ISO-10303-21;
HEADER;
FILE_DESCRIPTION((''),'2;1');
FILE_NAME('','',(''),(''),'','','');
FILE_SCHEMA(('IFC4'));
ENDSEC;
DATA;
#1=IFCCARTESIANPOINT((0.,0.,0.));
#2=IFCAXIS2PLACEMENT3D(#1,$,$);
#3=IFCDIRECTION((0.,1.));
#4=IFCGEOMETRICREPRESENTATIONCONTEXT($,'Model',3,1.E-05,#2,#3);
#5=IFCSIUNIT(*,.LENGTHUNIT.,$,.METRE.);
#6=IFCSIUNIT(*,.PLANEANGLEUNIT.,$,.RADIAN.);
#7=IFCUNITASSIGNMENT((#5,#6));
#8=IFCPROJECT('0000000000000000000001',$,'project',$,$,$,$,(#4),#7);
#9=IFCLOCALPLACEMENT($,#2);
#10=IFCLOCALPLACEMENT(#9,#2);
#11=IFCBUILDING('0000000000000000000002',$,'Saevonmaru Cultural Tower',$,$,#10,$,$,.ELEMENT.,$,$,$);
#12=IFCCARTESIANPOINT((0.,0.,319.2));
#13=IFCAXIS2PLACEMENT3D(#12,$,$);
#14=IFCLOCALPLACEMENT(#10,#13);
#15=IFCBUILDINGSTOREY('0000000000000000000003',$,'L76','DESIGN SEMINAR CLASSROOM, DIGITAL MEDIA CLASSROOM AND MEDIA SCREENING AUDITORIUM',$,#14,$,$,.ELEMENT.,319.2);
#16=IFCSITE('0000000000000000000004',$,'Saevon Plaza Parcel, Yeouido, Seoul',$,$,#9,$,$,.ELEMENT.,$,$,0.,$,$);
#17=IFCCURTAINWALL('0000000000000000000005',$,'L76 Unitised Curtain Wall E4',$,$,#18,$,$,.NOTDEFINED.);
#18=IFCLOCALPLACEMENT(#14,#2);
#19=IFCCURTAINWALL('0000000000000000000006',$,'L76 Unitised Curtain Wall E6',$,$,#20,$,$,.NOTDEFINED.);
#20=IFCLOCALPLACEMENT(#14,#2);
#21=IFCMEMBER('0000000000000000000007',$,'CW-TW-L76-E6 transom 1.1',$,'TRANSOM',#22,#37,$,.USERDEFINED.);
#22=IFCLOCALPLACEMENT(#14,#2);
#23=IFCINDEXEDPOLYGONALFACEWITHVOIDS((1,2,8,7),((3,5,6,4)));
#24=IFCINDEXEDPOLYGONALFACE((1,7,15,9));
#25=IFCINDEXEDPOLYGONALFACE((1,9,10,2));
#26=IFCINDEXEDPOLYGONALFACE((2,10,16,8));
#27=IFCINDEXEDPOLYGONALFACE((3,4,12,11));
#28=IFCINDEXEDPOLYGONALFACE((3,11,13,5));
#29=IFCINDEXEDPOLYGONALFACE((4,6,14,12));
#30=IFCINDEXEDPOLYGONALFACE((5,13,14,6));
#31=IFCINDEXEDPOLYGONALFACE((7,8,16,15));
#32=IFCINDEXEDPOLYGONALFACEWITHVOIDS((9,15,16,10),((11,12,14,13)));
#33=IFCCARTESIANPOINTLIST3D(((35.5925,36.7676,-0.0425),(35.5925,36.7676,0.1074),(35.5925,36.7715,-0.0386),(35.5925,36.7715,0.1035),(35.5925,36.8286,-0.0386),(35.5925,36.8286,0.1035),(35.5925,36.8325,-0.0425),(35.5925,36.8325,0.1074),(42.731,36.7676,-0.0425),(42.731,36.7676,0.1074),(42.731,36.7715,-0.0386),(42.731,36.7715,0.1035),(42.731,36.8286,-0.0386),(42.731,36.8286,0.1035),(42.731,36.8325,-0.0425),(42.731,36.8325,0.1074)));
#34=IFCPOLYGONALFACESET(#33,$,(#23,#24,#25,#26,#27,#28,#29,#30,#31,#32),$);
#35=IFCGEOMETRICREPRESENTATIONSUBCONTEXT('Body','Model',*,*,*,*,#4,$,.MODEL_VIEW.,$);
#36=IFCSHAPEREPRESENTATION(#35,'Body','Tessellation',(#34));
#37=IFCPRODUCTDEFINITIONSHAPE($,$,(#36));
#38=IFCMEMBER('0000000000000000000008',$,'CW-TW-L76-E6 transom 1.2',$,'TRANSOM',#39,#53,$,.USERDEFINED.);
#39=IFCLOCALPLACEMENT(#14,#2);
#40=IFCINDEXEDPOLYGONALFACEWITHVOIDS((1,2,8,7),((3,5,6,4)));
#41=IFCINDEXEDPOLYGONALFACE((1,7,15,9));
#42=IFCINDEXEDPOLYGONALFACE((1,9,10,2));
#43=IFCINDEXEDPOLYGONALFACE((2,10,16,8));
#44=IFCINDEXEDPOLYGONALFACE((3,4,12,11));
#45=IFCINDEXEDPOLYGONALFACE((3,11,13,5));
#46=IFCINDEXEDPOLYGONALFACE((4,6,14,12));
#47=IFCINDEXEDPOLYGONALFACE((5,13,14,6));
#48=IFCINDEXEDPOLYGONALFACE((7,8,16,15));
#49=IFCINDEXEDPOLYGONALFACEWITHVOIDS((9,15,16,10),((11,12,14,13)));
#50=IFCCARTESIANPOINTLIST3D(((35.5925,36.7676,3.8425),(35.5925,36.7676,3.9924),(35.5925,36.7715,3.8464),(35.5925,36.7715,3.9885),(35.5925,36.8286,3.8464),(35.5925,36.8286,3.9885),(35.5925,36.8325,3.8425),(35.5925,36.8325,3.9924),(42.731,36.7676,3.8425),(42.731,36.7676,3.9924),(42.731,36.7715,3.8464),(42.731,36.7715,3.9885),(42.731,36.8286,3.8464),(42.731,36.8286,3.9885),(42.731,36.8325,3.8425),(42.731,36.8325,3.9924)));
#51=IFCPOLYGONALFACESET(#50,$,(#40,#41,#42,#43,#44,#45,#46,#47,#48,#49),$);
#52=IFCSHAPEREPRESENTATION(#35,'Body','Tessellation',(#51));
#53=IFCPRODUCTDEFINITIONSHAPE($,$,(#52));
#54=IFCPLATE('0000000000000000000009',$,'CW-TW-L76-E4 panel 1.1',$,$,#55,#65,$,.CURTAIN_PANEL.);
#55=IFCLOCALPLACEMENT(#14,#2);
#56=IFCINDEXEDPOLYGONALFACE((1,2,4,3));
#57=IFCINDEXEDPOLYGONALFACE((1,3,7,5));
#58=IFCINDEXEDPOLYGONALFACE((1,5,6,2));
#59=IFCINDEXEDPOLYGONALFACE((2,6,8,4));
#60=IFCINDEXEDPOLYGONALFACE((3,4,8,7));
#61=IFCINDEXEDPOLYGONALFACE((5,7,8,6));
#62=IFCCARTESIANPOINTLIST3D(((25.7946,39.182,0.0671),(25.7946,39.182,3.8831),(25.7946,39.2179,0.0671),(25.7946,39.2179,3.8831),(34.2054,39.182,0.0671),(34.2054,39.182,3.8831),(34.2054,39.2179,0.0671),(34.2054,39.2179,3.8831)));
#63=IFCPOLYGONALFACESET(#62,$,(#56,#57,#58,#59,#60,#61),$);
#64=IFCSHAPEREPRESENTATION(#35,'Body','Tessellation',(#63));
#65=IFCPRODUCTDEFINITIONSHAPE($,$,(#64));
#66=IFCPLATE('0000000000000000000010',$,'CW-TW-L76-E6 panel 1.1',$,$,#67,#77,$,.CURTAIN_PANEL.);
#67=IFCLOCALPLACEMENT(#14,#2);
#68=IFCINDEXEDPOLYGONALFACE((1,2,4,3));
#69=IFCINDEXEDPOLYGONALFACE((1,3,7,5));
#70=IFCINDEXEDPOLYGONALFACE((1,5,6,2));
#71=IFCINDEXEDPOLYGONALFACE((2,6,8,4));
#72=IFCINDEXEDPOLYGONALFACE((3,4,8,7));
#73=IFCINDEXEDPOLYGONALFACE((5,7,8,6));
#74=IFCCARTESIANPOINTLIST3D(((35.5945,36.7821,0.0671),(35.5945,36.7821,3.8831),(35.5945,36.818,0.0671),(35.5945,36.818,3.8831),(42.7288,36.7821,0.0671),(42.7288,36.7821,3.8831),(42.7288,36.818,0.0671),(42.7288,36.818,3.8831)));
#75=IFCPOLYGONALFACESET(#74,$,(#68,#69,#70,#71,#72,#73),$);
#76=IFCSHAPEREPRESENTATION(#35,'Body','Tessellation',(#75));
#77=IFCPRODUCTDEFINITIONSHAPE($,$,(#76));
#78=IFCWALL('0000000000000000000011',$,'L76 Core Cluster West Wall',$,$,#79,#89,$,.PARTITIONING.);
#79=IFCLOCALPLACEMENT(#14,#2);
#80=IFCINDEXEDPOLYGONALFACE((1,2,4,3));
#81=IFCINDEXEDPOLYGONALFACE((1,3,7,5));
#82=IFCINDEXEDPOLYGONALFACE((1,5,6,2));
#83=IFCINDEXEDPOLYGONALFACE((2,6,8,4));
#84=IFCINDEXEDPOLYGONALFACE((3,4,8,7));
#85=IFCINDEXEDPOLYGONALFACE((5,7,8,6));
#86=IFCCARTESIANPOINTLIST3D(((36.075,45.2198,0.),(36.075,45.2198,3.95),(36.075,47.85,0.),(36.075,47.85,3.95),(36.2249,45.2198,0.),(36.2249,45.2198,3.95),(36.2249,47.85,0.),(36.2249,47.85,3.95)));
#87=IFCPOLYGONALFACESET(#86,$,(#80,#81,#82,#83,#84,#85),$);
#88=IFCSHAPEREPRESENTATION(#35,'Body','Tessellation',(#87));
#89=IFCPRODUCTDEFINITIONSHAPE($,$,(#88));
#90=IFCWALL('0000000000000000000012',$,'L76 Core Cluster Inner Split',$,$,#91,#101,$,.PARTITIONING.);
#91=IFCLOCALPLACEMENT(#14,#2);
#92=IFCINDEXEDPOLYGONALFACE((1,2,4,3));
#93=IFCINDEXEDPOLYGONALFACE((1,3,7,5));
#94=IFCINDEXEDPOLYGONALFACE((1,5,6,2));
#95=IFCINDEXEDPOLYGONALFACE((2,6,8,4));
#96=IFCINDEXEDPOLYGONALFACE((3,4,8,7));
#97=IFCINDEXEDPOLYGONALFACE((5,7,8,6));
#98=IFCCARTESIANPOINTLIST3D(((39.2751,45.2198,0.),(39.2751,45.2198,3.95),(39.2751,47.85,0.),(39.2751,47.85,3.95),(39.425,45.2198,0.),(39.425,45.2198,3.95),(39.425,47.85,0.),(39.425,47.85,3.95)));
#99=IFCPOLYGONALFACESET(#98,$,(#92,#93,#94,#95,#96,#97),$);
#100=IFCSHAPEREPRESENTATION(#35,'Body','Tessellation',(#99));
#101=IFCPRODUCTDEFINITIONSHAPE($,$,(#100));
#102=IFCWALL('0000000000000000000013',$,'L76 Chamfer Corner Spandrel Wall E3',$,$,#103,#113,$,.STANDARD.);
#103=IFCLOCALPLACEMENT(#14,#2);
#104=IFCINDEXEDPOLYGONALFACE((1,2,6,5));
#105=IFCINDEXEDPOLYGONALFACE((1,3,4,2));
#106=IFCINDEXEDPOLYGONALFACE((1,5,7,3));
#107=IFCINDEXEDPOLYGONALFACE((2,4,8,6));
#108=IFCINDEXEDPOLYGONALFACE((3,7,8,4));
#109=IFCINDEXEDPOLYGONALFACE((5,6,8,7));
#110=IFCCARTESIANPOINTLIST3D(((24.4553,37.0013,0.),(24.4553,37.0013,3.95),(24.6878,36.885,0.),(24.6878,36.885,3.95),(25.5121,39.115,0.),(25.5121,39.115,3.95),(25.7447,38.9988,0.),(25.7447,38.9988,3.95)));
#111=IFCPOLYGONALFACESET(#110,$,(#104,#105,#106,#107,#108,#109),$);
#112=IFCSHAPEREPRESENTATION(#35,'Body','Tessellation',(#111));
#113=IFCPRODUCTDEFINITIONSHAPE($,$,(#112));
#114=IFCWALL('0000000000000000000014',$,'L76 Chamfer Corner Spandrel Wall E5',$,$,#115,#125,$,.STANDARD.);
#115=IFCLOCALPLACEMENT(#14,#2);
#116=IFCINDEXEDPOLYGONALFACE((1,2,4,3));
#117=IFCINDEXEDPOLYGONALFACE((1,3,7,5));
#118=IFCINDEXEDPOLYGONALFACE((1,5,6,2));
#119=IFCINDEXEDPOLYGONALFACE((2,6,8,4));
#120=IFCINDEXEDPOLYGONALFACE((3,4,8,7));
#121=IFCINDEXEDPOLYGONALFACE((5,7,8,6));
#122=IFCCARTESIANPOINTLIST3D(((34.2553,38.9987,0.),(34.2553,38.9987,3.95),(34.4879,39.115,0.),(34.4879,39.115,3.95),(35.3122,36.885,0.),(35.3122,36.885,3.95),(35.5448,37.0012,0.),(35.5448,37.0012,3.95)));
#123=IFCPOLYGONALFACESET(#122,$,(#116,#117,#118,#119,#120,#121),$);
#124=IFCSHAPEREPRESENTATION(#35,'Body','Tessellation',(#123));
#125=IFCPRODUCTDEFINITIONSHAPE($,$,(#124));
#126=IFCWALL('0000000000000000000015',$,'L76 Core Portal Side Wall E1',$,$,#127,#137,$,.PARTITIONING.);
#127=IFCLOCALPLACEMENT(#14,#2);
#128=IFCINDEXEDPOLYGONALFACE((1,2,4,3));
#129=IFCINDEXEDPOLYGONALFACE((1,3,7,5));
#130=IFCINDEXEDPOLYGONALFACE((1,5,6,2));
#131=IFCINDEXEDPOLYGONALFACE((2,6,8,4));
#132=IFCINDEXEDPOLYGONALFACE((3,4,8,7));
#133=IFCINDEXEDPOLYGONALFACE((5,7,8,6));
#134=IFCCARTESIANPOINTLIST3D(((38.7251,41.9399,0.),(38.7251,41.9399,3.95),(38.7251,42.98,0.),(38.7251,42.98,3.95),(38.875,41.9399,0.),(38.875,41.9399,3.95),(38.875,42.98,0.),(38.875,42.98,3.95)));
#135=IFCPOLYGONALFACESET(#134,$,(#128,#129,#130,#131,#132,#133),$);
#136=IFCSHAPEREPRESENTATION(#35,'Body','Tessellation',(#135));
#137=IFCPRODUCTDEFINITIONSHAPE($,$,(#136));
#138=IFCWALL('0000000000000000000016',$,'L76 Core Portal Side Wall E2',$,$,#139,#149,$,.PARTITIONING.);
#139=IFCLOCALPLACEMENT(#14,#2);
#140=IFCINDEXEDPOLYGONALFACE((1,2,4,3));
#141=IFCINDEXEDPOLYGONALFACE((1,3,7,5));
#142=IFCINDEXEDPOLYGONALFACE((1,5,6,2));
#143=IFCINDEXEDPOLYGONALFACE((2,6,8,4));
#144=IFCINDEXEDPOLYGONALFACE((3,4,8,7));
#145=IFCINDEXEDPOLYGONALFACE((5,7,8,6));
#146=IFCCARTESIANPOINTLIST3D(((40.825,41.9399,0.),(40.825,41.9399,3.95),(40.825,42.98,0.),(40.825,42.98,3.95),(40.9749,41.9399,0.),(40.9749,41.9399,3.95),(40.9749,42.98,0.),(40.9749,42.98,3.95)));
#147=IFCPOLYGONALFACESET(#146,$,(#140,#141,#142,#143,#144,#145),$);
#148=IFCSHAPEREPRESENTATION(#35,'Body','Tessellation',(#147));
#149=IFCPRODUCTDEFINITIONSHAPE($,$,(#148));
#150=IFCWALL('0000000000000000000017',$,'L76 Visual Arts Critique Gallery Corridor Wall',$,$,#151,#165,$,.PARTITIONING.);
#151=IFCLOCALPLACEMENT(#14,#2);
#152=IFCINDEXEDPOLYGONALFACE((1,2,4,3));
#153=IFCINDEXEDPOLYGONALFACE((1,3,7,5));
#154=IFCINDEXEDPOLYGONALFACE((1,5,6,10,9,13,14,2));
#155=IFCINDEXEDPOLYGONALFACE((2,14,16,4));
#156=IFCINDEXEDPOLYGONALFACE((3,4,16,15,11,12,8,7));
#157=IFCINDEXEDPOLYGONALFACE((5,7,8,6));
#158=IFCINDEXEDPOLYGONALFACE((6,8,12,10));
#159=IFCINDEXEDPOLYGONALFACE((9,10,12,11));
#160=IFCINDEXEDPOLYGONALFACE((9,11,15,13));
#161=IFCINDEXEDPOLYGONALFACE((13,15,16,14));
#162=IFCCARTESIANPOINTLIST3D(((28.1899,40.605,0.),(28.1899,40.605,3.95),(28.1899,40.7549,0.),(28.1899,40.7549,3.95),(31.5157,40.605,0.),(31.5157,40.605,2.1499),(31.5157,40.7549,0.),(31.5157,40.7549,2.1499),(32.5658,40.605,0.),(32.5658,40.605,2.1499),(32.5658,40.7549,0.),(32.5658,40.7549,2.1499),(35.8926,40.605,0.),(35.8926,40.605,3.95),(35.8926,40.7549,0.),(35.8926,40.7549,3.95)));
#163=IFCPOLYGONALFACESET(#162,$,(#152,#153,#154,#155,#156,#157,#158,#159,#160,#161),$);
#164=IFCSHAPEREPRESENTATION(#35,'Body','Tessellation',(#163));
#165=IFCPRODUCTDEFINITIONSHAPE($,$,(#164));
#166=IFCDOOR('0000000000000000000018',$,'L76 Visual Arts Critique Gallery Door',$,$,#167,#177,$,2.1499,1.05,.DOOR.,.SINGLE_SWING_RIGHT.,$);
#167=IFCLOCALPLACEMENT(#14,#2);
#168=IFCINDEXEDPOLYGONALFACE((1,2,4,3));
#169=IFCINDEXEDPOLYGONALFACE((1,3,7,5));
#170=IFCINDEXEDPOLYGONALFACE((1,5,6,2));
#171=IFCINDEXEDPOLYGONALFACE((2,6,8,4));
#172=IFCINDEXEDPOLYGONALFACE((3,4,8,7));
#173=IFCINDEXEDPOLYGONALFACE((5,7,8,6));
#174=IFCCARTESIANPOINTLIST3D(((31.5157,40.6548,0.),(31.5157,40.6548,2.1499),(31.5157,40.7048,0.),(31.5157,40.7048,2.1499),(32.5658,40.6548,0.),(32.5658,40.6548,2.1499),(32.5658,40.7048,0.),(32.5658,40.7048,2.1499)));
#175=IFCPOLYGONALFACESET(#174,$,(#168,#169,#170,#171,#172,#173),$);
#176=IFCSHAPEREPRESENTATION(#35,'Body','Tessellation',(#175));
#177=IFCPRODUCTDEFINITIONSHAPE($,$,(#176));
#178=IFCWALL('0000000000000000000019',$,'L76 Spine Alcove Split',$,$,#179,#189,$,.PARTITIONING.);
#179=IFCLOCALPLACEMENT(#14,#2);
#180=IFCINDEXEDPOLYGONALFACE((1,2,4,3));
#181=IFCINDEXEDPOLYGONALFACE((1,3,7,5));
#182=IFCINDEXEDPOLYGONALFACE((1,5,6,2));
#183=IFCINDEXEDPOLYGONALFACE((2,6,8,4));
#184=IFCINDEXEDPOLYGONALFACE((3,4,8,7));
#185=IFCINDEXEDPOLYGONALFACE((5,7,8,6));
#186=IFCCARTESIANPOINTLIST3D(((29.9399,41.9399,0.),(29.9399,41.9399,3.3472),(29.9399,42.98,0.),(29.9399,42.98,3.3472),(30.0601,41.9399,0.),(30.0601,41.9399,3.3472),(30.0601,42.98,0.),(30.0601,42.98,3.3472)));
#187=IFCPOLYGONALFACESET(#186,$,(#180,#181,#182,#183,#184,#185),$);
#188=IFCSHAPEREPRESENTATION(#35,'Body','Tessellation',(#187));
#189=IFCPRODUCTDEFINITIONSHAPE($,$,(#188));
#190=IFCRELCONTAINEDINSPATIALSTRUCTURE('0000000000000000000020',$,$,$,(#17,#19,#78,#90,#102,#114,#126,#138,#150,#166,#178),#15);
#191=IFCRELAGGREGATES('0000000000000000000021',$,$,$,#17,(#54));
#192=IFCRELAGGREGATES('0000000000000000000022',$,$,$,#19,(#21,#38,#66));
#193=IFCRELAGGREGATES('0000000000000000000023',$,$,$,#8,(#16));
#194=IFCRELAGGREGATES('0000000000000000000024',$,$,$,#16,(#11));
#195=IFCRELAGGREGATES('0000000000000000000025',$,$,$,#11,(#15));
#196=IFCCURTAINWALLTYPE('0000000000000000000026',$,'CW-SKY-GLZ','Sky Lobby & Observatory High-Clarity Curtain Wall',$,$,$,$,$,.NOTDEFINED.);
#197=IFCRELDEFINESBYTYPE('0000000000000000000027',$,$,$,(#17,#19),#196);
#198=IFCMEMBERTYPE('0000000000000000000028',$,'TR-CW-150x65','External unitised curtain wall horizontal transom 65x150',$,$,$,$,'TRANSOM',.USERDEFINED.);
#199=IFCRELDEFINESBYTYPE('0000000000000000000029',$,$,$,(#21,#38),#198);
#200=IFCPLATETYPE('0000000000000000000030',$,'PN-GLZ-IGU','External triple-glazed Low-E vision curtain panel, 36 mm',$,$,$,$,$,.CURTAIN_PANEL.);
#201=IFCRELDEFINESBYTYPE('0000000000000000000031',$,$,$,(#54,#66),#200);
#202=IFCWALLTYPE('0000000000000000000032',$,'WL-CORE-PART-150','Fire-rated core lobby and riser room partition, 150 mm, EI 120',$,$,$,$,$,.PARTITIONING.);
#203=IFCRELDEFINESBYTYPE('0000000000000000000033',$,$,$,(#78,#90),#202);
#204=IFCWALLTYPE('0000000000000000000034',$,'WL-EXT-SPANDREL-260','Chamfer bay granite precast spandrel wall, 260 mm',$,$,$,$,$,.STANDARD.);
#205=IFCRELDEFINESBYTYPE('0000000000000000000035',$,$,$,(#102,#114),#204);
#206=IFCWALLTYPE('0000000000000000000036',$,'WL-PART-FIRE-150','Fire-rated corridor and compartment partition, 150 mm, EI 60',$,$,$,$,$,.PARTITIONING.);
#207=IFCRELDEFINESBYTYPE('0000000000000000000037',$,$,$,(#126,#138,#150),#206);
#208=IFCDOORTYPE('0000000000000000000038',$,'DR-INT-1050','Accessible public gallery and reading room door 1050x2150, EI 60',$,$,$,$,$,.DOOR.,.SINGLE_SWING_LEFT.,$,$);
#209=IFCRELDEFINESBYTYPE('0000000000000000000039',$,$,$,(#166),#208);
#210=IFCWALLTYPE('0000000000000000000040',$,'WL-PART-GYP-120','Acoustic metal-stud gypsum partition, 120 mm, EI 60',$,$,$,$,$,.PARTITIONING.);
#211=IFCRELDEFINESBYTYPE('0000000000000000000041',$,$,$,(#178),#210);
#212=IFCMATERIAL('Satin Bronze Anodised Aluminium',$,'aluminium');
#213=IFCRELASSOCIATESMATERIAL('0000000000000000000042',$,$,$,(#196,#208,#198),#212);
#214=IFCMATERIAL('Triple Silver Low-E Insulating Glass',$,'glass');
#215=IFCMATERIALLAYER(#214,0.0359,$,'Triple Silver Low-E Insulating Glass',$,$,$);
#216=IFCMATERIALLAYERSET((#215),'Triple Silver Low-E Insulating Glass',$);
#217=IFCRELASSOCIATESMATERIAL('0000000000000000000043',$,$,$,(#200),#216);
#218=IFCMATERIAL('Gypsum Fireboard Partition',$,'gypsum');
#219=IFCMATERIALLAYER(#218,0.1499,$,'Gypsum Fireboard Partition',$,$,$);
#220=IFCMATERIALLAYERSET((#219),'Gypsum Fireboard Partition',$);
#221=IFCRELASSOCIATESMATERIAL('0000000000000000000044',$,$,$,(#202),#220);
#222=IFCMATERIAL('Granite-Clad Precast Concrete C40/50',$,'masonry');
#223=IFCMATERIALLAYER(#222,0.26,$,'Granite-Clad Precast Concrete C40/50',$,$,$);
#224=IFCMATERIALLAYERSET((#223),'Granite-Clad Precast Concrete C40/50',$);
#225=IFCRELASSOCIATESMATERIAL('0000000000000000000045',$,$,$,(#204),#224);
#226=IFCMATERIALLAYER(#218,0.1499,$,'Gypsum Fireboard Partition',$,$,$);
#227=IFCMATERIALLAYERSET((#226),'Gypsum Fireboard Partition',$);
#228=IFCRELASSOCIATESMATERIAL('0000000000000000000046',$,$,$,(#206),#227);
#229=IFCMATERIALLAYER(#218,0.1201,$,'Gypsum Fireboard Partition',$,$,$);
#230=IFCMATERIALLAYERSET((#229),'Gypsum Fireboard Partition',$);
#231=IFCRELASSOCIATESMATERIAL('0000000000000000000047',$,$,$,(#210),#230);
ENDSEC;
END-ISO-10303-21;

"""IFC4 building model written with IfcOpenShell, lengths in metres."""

from ifc_helpers import new_model, si_unit, direction, frame, frame_2d, origin, origin_2d, place, context, subcontext, project, spatial, rectangle, hollow_rectangle, extrude, material, layer, layer_set, material_profile, profile_set, type_object, element, fill, aggregate, save


model = new_model("IFC4")

# Units and contexts
model_context = context("Model", 3, precision=1e-05, world=origin(), true_north=direction((0.0, 1.0)))
body_context = subcontext(model_context, "Body", "Model", "MODEL_VIEW")
ifc_project = project(units=[si_unit("LENGTHUNIT", "METRE"), si_unit("PLANEANGLEUNIT", "RADIAN")], contexts=[model_context])

# Site, building, storey
site_placement = place(None, origin())
site = spatial("IfcSite", under=ifc_project, at=site_placement, Name="Saevon Plaza Parcel, Yeouido, Seoul", CompositionType="ELEMENT", RefElevation=0.0)
building_placement = place(site_placement, origin())
building = spatial("IfcBuilding", under=site, at=building_placement, Name="Saevonmaru Cultural Tower", CompositionType="ELEMENT")
storey_placement = place(building_placement, frame((0.0, 0.0, 319.2)))
storey = spatial("IfcBuildingStorey", under=building, at=storey_placement, Name="L76", Description="DESIGN SEMINAR CLASSROOM, DIGITAL MEDIA CLASSROOM AND MEDIA SCREENING AUDITORIUM", CompositionType="ELEMENT", Elevation=319.2)

# Shared definitions
ifc_material_1 = material(Name="Satin Bronze Anodised Aluminium", Category="aluminium")
curtain_wall_type = type_object("IfcCurtainWallType", Name="CW-SKY-GLZ", Description="Sky Lobby & Observatory High-Clarity Curtain Wall", PredefinedType="NOTDEFINED", material=ifc_material_1)

# Curtain wall
curtain_wall_1_placement = place(storey_placement, origin())
curtain_wall_1 = element("IfcCurtainWall", 1, at=curtain_wall_1_placement, inside=storey, type_object=curtain_wall_type, Name="L76 Unitised Curtain Wall E4", PredefinedType="NOTDEFINED")

# Curtain wall
curtain_wall_2_placement = place(storey_placement, origin())
curtain_wall_2 = element("IfcCurtainWall", 2, at=curtain_wall_2_placement, inside=storey, type_object=curtain_wall_type, Name="L76 Unitised Curtain Wall E6", PredefinedType="NOTDEFINED")

# Members
ifc_material_profile_1 = material_profile(ifc_material_1, hollow_rectangle(XDim=0.0649, YDim=0.1499, WallThickness=0.0039, at=origin_2d()), Name="ALU-TRAN-150x65x4")
ifc_profile_set_1 = profile_set([ifc_material_profile_1], Name="Satin Bronze Anodised Aluminium")
member_type_1 = type_object("IfcMemberType", Name="TR-CW-150x65", Description="External unitised curtain wall horizontal transom 65x150", ElementType="TRANSOM", PredefinedType="USERDEFINED", material=ifc_profile_set_1)
member_1_placement = place(storey_placement, frame((35.5925, 36.8, 0.0325), z_axis=(1.0, 0.0, 0.0), x_axis=(0.0, 1.0, 0.0)))
member_1 = element("IfcMember", 3, at=member_1_placement, type_object=member_type_1, Name="CW-TW-L76-E6 transom 1.1", ObjectType="TRANSOM", PredefinedType="USERDEFINED", context=body_context, shape_type="SweptSolid", body=[
    extrude(hollow_rectangle(XDim=0.0649, YDim=0.1499, WallThickness=0.0039, at=origin_2d()), origin(), (0.0, 0.0, 1.0), 7.1384),
])
member_2_placement = place(storey_placement, frame((35.5925, 36.8, 3.9175), z_axis=(1.0, 0.0, 0.0), x_axis=(0.0, 1.0, 0.0)))
member_2 = element("IfcMember", 4, at=member_2_placement, type_object=member_type_1, Name="CW-TW-L76-E6 transom 1.2", ObjectType="TRANSOM", PredefinedType="USERDEFINED", context=body_context, shape_type="SweptSolid", body=[
    extrude(hollow_rectangle(XDim=0.0649, YDim=0.1499, WallThickness=0.0039, at=origin_2d()), origin(), (0.0, 0.0, 1.0), 7.1384),
])

# Plates
ifc_material_2 = material(Name="Triple Silver Low-E Insulating Glass", Category="glass")
ifc_layer_1 = layer(ifc_material_2, 0.0359, Name="Triple Silver Low-E Insulating Glass")
ifc_layer_set_1 = layer_set([ifc_layer_1], Name="Triple Silver Low-E Insulating Glass")
plate_type = type_object("IfcPlateType", Name="PN-GLZ-IGU", Description="External triple-glazed Low-E vision curtain panel, 36 mm", PredefinedType="CURTAIN_PANEL", material=ifc_layer_set_1)
plate_1_placement = place(storey_placement, frame((30.0, 39.2, 0.0671), z_axis=(0.0, 0.0, 1.0), x_axis=(1.0, 0.0, 0.0)))
plate_1 = element("IfcPlate", 5, at=plate_1_placement, type_object=plate_type, Name="CW-TW-L76-E4 panel 1.1", PredefinedType="CURTAIN_PANEL", context=body_context, shape_type="SweptSolid", body=[
    extrude(rectangle(XDim=8.4109, YDim=0.0359, at=origin_2d()), origin(), (0.0, 0.0, 1.0), 3.8159),
])
aggregate(curtain_wall_1, [plate_1])
plate_2_placement = place(storey_placement, frame((39.1616, 36.8, 0.0671), z_axis=(0.0, 0.0, 1.0), x_axis=(1.0, 0.0, 0.0)))
plate_2 = element("IfcPlate", 6, at=plate_2_placement, type_object=plate_type, Name="CW-TW-L76-E6 panel 1.1", PredefinedType="CURTAIN_PANEL", context=body_context, shape_type="SweptSolid", body=[
    extrude(rectangle(XDim=7.1343, YDim=0.0359, at=origin_2d()), origin(), (0.0, 0.0, 1.0), 3.8159),
])
aggregate(curtain_wall_2, [member_1, member_2, plate_2])

# Shared definitions
ifc_material_3 = material(Name="Gypsum Fireboard Partition", Category="gypsum")
ifc_layer_2 = layer(ifc_material_3, 0.1499, Name="Gypsum Fireboard Partition")
ifc_layer_set_2 = layer_set([ifc_layer_2], Name="Gypsum Fireboard Partition")
wall_type_1 = type_object("IfcWallType", Name="WL-CORE-PART-150", Description="Fire-rated core lobby and riser room partition, 150 mm, EI 120", PredefinedType="PARTITIONING", material=ifc_layer_set_2)

# Walls
for number, where, z_axis, x_axis, name in (
    (7, (36.1499, 45.22, 0.0), (0.0, 0.0, 1.0), (0.0, 1.0, 0.0), "L76 Core Cluster West Wall"),
    (8, (39.3501, 45.22, 0.0), (0.0, 0.0, 1.0), (0.0, 1.0, 0.0), "L76 Core Cluster Inner Split"),
):
    element("IfcWall", number, at=place(storey_placement, frame(where, z_axis=z_axis, x_axis=x_axis)), inside=storey, type_object=wall_type_1, Name=name, PredefinedType="PARTITIONING", context=body_context, shape_type="SweptSolid", body=[
        extrude(rectangle(XDim=2.6301, YDim=0.1499, at=frame_2d((1.3149, 0.0))), origin(), (0.0, 0.0, 1.0), 3.95),
    ])
ifc_material_4 = material(Name="Granite-Clad Precast Concrete C40/50", Category="masonry")
ifc_layer_3 = layer(ifc_material_4, 0.26, Name="Granite-Clad Precast Concrete C40/50")
ifc_layer_set_3 = layer_set([ifc_layer_3], Name="Granite-Clad Precast Concrete C40/50")
wall_type_2 = type_object("IfcWallType", Name="WL-EXT-SPANDREL-260", Description="Chamfer bay granite precast spandrel wall, 260 mm", PredefinedType="STANDARD", material=ifc_layer_set_3)
for number, where, z_axis, x_axis, name in (
    (9, (24.5715, 36.9431, 0.0), (0.0, 0.0, 1.0), (0.447214, 0.894427, 0.0), "L76 Chamfer Corner Spandrel Wall E3"),
    (10, (34.3716, 39.0569, 0.0), (0.0, 0.0, 1.0), (0.447214, -0.894427, 0.0), "L76 Chamfer Corner Spandrel Wall E5"),
):
    element("IfcWall", number, at=place(storey_placement, frame(where, z_axis=z_axis, x_axis=x_axis)), inside=storey, type_object=wall_type_2, Name=name, PredefinedType="STANDARD", context=body_context, shape_type="SweptSolid", body=[
        extrude(rectangle(XDim=2.3633, YDim=0.26, at=frame_2d((1.1816, 0.0))), origin(), (0.0, 0.0, 1.0), 3.95),
    ])
ifc_layer_4 = layer(ifc_material_3, 0.1499, Name="Gypsum Fireboard Partition")
ifc_layer_set_4 = layer_set([ifc_layer_4], Name="Gypsum Fireboard Partition")
wall_type_3 = type_object("IfcWallType", Name="WL-PART-FIRE-150", Description="Fire-rated corridor and compartment partition, 150 mm, EI 60", PredefinedType="PARTITIONING", material=ifc_layer_set_4)
for number, where, z_axis, x_axis, name in (
    (11, (38.8, 41.9399, 0.0), (0.0, 0.0, 1.0), (0.0, 1.0, 0.0), "L76 Core Portal Side Wall E1"),
    (12, (40.8999, 41.9399, 0.0), (0.0, 0.0, 1.0), (0.0, 1.0, 0.0), "L76 Core Portal Side Wall E2"),
):
    element("IfcWall", number, at=place(storey_placement, frame(where, z_axis=z_axis, x_axis=x_axis)), inside=storey, type_object=wall_type_3, Name=name, PredefinedType="PARTITIONING", context=body_context, shape_type="SweptSolid", body=[
        extrude(rectangle(XDim=1.04, YDim=0.1499, at=frame_2d((0.52, 0.0))), origin(), (0.0, 0.0, 1.0), 3.95),
    ])

# Wall, opening, door
wall_1_placement = place(storey_placement, frame((28.1899, 40.6799, 0.0), z_axis=(0.0, 0.0, 1.0), x_axis=(1.0, 0.0, 0.0)))
wall_1 = element("IfcWall", 13, at=wall_1_placement, inside=storey, type_object=wall_type_3, Name="L76 Visual Arts Critique Gallery Corridor Wall", PredefinedType="PARTITIONING", context=body_context, shape_type="SweptSolid", body=[
    extrude(rectangle(XDim=7.7026, YDim=0.1499, at=frame_2d((3.8513, 0.0))), origin(), (0.0, 0.0, 1.0), 3.95),
])
opening_1_placement = place(wall_1_placement, frame((3.3259, 0.0, 0.0)))
opening_1 = element("IfcOpeningElement", 14, at=opening_1_placement, cuts=wall_1, PredefinedType="OPENING", context=body_context, shape_type="SweptSolid", body=[
    extrude(rectangle(XDim=1.05, YDim=2.1499, at=frame_2d((0.5249, 1.075))), frame((0.0, 0.085, 0.0), z_axis=(0.0, -1.0, 0.0), x_axis=(1.0, 0.0, 0.0)), (0.0, 0.0, 1.0), 0.1699),
])
door_type_1 = type_object("IfcDoorType", Name="DR-INT-1050", Description="Accessible public gallery and reading room door 1050x2150, EI 60", OperationType="SINGLE_SWING_LEFT", PredefinedType="DOOR", material=ifc_material_1)
door_1_placement = place(opening_1_placement, origin())
door_1 = element("IfcDoor", 15, at=door_1_placement, inside=storey, type_object=door_type_1, Name="L76 Visual Arts Critique Gallery Door", OperationType="SINGLE_SWING_RIGHT", OverallHeight=2.1499, OverallWidth=1.05, PredefinedType="DOOR", context=body_context, shape_type="SweptSolid", body=[
    extrude(rectangle(XDim=1.05, YDim=2.1499, at=frame_2d((0.5249, 1.075))), frame((0.0, 0.0249, 0.0), z_axis=(0.0, -1.0, 0.0), x_axis=(1.0, 0.0, 0.0)), (0.0, 0.0, 1.0), 0.05),
])
fill(opening_1, door_1)

# Wall
ifc_layer_5 = layer(ifc_material_3, 0.1201, Name="Gypsum Fireboard Partition")
ifc_layer_set_5 = layer_set([ifc_layer_5], Name="Gypsum Fireboard Partition")
wall_type_4 = type_object("IfcWallType", Name="WL-PART-GYP-120", Description="Acoustic metal-stud gypsum partition, 120 mm, EI 60", PredefinedType="PARTITIONING", material=ifc_layer_set_5)
wall_2_placement = place(storey_placement, frame((30.0, 41.9399, 0.0), z_axis=(0.0, 0.0, 1.0), x_axis=(0.0, 1.0, 0.0)))
element("IfcWall", 16, at=wall_2_placement, inside=storey, type_object=wall_type_4, Name="L76 Spine Alcove Split", PredefinedType="PARTITIONING", context=body_context, shape_type="SweptSolid", body=[
    extrude(rectangle(XDim=1.04, YDim=0.1201, at=frame_2d((0.52, 0.0))), origin(), (0.0, 0.0, 1.0), 3.3472),
])

save(model, "model.ifc")
